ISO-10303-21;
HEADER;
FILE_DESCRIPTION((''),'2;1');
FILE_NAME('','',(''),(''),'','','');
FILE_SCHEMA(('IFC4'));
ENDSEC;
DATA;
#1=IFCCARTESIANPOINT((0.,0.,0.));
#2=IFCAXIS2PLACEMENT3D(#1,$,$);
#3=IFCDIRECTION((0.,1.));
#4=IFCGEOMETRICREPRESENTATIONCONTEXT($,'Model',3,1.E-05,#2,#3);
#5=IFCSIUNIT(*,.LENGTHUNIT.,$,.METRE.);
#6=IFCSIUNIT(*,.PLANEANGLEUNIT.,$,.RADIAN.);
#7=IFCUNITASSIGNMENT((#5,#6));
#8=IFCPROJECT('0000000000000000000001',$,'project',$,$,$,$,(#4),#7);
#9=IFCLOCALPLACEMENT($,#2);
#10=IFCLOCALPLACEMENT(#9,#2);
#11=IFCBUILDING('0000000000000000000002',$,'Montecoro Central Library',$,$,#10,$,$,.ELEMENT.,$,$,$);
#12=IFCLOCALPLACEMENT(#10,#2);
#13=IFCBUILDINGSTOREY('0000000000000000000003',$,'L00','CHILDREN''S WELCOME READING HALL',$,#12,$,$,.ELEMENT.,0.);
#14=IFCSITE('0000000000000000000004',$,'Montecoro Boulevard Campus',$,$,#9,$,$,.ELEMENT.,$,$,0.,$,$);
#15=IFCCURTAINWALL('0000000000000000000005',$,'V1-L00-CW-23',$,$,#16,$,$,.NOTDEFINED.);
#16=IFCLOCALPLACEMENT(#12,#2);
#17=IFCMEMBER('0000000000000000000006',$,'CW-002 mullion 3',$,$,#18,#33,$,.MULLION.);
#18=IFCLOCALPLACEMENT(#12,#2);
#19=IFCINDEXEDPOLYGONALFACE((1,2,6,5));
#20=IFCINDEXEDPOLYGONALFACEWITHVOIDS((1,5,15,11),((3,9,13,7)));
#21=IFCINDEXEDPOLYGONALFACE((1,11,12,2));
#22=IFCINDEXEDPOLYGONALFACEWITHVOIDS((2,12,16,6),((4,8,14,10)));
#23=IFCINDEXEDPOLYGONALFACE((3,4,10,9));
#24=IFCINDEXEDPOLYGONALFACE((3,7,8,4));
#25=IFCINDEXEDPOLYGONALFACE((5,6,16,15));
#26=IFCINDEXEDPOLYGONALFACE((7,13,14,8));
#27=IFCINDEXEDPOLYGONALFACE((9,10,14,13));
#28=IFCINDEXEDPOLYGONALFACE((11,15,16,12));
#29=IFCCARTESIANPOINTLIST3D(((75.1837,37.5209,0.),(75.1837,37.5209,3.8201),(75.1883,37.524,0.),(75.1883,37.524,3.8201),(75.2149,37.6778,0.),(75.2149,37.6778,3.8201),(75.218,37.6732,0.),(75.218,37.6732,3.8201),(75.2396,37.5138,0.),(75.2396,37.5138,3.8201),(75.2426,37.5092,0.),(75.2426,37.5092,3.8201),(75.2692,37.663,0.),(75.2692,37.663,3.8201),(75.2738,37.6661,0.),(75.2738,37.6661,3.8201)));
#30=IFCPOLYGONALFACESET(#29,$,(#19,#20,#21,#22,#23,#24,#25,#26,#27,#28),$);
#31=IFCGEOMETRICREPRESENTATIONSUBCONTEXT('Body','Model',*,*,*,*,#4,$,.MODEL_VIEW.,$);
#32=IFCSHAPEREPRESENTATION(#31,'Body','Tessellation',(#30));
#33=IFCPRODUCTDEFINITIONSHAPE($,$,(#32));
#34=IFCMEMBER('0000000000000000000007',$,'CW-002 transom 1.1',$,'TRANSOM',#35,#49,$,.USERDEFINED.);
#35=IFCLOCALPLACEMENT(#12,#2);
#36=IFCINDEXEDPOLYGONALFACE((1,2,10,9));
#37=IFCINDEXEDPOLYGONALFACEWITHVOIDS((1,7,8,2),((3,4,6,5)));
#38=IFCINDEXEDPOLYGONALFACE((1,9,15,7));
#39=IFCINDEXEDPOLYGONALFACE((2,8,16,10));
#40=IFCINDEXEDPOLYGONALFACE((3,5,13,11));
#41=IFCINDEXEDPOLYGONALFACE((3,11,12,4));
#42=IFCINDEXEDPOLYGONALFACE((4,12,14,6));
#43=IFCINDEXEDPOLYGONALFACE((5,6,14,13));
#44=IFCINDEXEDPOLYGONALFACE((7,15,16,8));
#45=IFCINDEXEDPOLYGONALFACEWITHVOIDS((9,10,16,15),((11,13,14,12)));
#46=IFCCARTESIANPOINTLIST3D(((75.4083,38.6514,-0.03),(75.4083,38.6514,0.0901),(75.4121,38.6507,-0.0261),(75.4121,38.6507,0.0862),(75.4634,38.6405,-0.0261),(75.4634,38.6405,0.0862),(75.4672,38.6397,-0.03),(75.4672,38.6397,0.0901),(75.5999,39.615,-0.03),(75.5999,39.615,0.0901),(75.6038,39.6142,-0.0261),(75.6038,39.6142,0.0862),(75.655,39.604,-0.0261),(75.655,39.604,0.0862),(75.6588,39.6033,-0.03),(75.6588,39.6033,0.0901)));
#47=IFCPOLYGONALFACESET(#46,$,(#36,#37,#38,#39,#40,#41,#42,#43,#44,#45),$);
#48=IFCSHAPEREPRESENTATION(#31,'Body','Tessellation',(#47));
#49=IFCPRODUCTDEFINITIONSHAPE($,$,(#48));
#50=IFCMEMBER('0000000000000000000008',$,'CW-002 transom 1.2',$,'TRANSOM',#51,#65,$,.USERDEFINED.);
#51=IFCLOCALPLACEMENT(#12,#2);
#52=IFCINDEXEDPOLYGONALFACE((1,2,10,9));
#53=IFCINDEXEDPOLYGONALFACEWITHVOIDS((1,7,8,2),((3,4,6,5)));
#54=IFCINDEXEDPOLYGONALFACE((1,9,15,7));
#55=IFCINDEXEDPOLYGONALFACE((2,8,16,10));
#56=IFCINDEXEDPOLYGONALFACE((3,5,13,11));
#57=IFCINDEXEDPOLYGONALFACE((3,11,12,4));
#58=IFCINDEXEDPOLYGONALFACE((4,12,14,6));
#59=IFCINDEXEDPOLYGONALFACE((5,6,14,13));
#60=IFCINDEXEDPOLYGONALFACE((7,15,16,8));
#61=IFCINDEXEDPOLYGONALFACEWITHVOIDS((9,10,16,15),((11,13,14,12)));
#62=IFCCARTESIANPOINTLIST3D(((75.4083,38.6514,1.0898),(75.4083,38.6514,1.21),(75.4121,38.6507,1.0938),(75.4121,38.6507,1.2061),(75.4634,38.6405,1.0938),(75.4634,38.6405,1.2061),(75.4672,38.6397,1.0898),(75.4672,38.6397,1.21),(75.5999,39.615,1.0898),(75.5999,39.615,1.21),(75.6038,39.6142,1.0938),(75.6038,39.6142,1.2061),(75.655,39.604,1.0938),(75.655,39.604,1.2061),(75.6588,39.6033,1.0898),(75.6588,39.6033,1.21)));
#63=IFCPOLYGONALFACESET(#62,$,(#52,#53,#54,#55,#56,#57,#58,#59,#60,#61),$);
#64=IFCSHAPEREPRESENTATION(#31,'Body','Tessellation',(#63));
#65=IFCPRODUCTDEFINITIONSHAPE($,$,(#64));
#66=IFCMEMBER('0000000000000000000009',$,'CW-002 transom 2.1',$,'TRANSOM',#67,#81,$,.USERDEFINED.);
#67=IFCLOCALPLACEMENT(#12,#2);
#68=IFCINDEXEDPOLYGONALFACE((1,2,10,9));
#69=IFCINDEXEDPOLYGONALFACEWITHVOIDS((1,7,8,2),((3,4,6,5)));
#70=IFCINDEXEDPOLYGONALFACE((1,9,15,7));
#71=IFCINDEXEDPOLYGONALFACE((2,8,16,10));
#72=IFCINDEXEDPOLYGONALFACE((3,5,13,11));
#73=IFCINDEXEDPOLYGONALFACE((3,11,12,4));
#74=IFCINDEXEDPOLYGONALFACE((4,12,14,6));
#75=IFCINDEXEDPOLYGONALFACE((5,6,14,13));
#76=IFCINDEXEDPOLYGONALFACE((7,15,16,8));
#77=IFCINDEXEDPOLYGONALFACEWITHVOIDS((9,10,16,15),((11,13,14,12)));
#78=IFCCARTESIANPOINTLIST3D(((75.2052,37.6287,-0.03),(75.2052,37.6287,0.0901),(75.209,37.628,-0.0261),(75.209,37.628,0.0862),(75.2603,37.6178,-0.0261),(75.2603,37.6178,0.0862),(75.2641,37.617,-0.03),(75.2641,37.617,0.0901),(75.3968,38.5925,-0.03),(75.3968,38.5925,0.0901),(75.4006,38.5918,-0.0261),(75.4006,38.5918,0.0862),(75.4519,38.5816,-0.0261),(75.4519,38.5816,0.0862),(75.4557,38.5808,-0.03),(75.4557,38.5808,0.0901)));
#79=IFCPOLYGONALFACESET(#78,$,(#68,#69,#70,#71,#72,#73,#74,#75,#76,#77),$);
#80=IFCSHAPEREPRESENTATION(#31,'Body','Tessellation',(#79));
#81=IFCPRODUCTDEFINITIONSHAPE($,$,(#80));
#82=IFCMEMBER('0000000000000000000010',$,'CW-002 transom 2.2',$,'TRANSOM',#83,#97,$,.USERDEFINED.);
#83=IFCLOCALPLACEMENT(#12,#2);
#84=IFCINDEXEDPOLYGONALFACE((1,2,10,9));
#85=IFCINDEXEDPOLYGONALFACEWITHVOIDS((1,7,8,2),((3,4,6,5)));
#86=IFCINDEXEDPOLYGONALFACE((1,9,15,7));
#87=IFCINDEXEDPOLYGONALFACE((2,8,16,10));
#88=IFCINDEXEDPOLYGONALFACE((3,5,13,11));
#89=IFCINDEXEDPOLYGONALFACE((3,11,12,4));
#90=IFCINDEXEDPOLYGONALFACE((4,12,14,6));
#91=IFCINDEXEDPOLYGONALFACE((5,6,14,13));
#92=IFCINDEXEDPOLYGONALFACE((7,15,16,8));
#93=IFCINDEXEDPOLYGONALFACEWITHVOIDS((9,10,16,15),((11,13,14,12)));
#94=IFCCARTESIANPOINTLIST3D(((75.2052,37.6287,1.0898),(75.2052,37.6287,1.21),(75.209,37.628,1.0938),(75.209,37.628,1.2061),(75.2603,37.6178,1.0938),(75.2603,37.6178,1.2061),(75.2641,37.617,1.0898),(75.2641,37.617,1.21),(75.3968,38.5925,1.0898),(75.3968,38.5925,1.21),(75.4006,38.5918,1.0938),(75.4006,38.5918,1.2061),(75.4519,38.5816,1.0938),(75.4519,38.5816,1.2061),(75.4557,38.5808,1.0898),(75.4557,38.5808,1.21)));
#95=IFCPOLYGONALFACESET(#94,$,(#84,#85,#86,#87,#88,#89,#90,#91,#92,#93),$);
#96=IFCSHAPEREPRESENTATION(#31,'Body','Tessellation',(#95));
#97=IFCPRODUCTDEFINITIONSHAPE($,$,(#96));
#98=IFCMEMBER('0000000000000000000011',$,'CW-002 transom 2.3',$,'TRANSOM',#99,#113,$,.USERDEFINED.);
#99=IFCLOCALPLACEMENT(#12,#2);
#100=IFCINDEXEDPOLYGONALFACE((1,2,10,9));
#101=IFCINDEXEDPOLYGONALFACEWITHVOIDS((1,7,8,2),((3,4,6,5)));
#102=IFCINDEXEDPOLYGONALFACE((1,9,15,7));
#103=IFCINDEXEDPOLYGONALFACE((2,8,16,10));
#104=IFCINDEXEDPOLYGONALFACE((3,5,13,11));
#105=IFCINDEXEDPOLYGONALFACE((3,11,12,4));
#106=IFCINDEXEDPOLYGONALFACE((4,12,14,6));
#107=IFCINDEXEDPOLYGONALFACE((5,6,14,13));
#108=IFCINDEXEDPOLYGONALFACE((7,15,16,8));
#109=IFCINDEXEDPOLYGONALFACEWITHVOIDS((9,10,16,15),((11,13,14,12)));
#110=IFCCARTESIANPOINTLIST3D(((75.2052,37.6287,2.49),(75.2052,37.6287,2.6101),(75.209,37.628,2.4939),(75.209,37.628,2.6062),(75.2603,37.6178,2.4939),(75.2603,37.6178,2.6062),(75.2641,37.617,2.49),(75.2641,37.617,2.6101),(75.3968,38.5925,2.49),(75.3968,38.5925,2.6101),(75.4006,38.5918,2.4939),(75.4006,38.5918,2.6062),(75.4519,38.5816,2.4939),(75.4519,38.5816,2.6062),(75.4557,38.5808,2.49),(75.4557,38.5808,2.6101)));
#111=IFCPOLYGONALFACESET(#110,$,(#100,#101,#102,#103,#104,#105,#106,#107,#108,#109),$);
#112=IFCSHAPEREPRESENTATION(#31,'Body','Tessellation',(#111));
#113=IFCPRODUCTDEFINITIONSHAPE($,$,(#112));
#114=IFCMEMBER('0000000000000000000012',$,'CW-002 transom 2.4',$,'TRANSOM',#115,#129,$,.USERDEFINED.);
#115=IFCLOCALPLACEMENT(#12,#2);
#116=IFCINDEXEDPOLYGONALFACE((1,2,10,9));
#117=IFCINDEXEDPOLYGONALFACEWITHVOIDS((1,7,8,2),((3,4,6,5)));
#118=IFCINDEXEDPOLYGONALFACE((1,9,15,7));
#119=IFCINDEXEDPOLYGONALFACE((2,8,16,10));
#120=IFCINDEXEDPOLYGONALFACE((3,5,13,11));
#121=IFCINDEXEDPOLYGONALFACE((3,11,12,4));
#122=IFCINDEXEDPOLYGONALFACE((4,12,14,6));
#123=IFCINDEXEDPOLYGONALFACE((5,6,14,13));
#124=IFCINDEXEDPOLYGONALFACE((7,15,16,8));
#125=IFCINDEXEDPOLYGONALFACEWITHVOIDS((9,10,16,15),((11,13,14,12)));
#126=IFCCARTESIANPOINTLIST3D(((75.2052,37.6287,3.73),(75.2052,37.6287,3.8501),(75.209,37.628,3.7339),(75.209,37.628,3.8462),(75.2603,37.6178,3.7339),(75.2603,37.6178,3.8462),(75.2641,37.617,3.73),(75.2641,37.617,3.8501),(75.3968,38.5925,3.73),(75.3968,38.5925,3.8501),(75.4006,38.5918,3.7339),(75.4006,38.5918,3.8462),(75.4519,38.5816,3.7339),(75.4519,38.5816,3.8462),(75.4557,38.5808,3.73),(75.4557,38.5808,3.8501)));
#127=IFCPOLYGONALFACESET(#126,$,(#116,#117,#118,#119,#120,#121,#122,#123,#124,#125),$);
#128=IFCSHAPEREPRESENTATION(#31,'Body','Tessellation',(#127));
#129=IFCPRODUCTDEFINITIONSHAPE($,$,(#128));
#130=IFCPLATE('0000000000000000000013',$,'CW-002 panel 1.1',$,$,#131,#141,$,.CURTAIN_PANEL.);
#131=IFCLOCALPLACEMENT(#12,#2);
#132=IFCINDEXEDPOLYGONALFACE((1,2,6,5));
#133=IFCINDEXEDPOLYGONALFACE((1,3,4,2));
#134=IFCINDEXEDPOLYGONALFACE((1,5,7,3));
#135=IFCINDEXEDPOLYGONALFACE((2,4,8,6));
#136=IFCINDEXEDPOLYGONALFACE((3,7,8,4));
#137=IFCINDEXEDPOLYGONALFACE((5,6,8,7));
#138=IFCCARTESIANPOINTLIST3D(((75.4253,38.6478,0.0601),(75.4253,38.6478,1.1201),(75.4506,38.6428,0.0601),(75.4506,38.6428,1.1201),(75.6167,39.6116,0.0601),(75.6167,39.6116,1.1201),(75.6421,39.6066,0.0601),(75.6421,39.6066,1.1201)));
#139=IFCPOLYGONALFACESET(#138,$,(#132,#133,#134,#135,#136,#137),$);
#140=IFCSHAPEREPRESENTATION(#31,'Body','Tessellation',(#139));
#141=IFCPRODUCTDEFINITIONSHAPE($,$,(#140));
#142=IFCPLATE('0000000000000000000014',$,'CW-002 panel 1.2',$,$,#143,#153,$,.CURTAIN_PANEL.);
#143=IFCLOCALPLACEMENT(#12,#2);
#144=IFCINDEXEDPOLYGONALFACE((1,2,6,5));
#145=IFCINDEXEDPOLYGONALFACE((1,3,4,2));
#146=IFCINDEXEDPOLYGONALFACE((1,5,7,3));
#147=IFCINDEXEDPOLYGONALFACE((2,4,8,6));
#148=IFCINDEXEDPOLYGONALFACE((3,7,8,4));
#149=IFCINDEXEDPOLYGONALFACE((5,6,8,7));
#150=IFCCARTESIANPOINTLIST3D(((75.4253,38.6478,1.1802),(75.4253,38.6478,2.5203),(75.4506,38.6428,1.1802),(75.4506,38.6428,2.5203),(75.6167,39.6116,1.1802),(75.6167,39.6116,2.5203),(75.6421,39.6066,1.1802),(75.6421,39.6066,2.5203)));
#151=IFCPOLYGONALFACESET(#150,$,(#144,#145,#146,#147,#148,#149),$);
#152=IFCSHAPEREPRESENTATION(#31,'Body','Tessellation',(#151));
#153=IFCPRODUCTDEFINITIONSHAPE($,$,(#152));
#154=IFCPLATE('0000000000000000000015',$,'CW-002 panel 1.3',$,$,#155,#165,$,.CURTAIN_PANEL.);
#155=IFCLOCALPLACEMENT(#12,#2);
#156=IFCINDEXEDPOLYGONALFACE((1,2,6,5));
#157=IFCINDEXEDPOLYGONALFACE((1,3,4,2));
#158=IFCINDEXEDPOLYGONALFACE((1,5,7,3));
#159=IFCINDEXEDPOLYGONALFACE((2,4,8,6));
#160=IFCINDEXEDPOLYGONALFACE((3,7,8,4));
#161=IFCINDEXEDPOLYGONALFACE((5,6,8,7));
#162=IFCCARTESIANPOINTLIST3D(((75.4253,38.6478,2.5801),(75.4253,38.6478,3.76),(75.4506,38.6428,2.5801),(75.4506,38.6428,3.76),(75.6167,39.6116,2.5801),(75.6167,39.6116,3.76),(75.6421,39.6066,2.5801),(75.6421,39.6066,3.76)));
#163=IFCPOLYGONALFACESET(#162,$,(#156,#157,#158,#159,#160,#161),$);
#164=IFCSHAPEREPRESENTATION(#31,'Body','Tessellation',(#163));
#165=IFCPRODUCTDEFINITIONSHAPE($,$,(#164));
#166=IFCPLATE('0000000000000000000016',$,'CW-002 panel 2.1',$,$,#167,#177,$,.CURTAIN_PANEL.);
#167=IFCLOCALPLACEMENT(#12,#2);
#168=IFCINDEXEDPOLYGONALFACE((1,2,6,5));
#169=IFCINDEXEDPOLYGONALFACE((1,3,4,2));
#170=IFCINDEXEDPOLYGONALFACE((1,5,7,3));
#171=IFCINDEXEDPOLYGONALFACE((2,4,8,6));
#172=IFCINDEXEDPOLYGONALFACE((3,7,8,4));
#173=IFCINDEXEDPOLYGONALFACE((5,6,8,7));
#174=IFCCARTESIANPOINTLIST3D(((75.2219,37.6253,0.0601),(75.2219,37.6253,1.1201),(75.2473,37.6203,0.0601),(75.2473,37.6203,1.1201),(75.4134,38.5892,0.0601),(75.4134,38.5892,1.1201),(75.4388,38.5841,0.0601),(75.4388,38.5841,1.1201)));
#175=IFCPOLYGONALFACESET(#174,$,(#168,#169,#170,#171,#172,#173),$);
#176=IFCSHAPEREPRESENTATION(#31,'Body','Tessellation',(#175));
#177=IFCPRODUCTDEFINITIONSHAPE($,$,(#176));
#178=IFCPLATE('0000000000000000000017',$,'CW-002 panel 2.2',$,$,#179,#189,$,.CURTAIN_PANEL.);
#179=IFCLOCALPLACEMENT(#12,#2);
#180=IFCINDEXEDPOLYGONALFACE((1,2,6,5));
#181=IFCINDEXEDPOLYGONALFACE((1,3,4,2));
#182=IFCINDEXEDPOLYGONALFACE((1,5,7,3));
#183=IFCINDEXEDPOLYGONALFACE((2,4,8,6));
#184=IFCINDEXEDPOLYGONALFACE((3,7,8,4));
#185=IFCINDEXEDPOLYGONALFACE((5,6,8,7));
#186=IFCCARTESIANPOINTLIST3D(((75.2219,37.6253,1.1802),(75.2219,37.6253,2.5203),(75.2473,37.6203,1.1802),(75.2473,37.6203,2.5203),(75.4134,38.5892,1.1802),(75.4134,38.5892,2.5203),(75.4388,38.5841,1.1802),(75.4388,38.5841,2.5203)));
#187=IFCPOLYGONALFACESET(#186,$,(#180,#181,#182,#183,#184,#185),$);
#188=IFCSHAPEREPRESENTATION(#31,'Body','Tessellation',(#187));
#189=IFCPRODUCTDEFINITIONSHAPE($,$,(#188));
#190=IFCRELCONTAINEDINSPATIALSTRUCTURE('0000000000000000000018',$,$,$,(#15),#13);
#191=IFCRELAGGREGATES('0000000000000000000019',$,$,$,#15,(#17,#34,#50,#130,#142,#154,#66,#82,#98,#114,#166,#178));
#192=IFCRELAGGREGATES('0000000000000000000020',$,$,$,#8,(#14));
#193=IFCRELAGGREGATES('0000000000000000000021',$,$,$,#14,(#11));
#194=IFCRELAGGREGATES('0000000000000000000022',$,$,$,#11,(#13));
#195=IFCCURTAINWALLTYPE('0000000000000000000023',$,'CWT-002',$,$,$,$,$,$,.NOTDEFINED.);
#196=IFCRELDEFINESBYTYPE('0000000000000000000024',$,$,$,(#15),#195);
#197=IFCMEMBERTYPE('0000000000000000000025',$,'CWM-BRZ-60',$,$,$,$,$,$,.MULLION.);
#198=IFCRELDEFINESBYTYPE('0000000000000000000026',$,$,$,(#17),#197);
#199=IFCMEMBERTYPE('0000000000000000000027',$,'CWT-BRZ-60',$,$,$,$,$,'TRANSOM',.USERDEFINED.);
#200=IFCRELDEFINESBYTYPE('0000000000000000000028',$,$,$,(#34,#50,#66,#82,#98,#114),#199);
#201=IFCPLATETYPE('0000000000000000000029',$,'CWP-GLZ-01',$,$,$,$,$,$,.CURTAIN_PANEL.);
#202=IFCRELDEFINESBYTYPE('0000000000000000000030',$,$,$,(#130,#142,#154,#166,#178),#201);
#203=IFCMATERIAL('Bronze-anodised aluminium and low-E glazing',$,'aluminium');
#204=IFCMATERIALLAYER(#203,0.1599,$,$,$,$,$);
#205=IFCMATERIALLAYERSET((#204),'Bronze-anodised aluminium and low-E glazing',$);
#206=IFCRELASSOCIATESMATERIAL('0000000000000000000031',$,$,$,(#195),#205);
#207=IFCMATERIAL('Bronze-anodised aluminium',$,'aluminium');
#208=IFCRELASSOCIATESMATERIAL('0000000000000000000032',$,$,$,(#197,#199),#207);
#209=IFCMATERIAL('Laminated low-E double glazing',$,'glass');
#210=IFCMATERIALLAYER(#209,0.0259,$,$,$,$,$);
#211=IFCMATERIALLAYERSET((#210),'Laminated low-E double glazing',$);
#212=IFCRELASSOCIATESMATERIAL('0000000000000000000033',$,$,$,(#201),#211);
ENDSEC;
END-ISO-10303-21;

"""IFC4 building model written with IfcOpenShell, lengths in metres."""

from ifc_helpers import new_model, si_unit, direction, frame, origin, origin_2d, place, context, subcontext, project, spatial, rectangle, hollow_rectangle, extrude, material, layer, layer_set, material_profile, profile_set, type_object, element, aggregate, save


model = new_model("IFC4")

# Units and contexts
model_context = context("Model", 3, precision=1e-05, world=origin(), true_north=direction((0.0, 1.0)))
body_context = subcontext(model_context, "Body", "Model", "MODEL_VIEW")
ifc_project = project(units=[si_unit("LENGTHUNIT", "METRE"), si_unit("PLANEANGLEUNIT", "RADIAN")], contexts=[model_context])

# Site, building, storey
site_placement = place(None, origin())
site = spatial("IfcSite", under=ifc_project, at=site_placement, Name="Montecoro Boulevard Campus", CompositionType="ELEMENT", RefElevation=0.0)
building_placement = place(site_placement, origin())
building = spatial("IfcBuilding", under=site, at=building_placement, Name="Montecoro Central Library", CompositionType="ELEMENT")
storey_placement = place(building_placement, origin())
storey = spatial("IfcBuildingStorey", under=building, at=storey_placement, Name="L00", Description="CHILDREN'S WELCOME READING HALL", CompositionType="ELEMENT", Elevation=0.0)

# Curtain wall, members, plates
ifc_material_1 = material(Name="Bronze-anodised aluminium and low-E glazing", Category="aluminium")
ifc_layer_1 = layer(ifc_material_1, 0.1599)
ifc_layer_set_1 = layer_set([ifc_layer_1], Name="Bronze-anodised aluminium and low-E glazing")
curtain_wall_type = type_object("IfcCurtainWallType", Name="CWT-002", PredefinedType="NOTDEFINED", material=ifc_layer_set_1)
curtain_wall_placement = place(storey_placement, origin())
curtain_wall = element("IfcCurtainWall", 1, at=curtain_wall_placement, inside=storey, type_object=curtain_wall_type, Name="V1-L00-CW-23", PredefinedType="NOTDEFINED")
ifc_material_2 = material(Name="Bronze-anodised aluminium", Category="aluminium")
ifc_material_profile_1 = material_profile(ifc_material_2, hollow_rectangle(XDim=0.0601, YDim=0.1599, WallThickness=0.0039, at=origin_2d()), Name="CWM 160x60x4.0")
ifc_profile_set_1 = profile_set([ifc_material_profile_1], Name="Bronze-anodised aluminium")
member_type_1 = type_object("IfcMemberType", Name="CWM-BRZ-60", PredefinedType="MULLION", material=ifc_profile_set_1)
member_1_placement = place(storey_placement, frame((75.2288, 37.5935, 0.0), z_axis=(0.0, 0.0, 1.0), x_axis=(0.980831, -0.194861, 0.0)))
member_1 = element("IfcMember", 2, at=member_1_placement, type_object=member_type_1, Name="CW-002 mullion 3", PredefinedType="MULLION", context=body_context, shape_type="SweptSolid", body=[
    extrude(hollow_rectangle(XDim=0.0601, YDim=0.1599, WallThickness=0.0039, at=origin_2d()), origin(), (0.0, 0.0, 1.0), 3.8201),
])
ifc_material_profile_2 = material_profile(ifc_material_2, hollow_rectangle(XDim=0.0601, YDim=0.1201, WallThickness=0.0039, at=origin_2d()), Name="CWT 120x60x4.0")
ifc_profile_set_2 = profile_set([ifc_material_profile_2], Name="Bronze-anodised aluminium")
member_type_2 = type_object("IfcMemberType", Name="CWT-BRZ-60", ElementType="TRANSOM", PredefinedType="USERDEFINED", material=ifc_profile_set_2)
member_2_placement = place(storey_placement, frame((75.6294, 39.6091, 0.03), z_axis=(-0.195065, -0.98079, 0.0), x_axis=(0.98079, -0.195065, 0.0)))
member_2 = element("IfcMember", 3, at=member_2_placement, type_object=member_type_2, Name="CW-002 transom 1.1", ObjectType="TRANSOM", PredefinedType="USERDEFINED", context=body_context, shape_type="SweptSolid", body=[
    extrude(hollow_rectangle(XDim=0.0601, YDim=0.1201, WallThickness=0.0039, at=origin_2d()), origin(), (0.0, 0.0, 1.0), 0.9824),
])
member_3_placement = place(storey_placement, frame((75.6294, 39.6091, 1.1499), z_axis=(-0.195065, -0.98079, 0.0), x_axis=(0.98079, -0.195065, 0.0)))
member_3 = element("IfcMember", 4, at=member_3_placement, type_object=member_type_2, Name="CW-002 transom 1.2", ObjectType="TRANSOM", PredefinedType="USERDEFINED", context=body_context, shape_type="SweptSolid", body=[
    extrude(hollow_rectangle(XDim=0.0601, YDim=0.1201, WallThickness=0.0039, at=origin_2d()), origin(), (0.0, 0.0, 1.0), 0.9824),
])
member_4_placement = place(storey_placement, frame((75.4263, 38.5867, 0.03), z_axis=(-0.195017, -0.9808, 0.0), x_axis=(0.9808, -0.195017, 0.0)))
member_4 = element("IfcMember", 5, at=member_4_placement, type_object=member_type_2, Name="CW-002 transom 2.1", ObjectType="TRANSOM", PredefinedType="USERDEFINED", context=body_context, shape_type="SweptSolid", body=[
    extrude(hollow_rectangle(XDim=0.0601, YDim=0.1201, WallThickness=0.0039, at=origin_2d()), origin(), (0.0, 0.0, 1.0), 0.9827),
])
member_5_placement = place(storey_placement, frame((75.4263, 38.5867, 1.1499), z_axis=(-0.195017, -0.9808, 0.0), x_axis=(0.9808, -0.195017, 0.0)))
member_5 = element("IfcMember", 6, at=member_5_placement, type_object=member_type_2, Name="CW-002 transom 2.2", ObjectType="TRANSOM", PredefinedType="USERDEFINED", context=body_context, shape_type="SweptSolid", body=[
    extrude(hollow_rectangle(XDim=0.0601, YDim=0.1201, WallThickness=0.0039, at=origin_2d()), origin(), (0.0, 0.0, 1.0), 0.9827),
])
member_6_placement = place(storey_placement, frame((75.4263, 38.5867, 2.55), z_axis=(-0.195017, -0.9808, 0.0), x_axis=(0.9808, -0.195017, 0.0)))
member_6 = element("IfcMember", 7, at=member_6_placement, type_object=member_type_2, Name="CW-002 transom 2.3", ObjectType="TRANSOM", PredefinedType="USERDEFINED", context=body_context, shape_type="SweptSolid", body=[
    extrude(hollow_rectangle(XDim=0.0601, YDim=0.1201, WallThickness=0.0039, at=origin_2d()), origin(), (0.0, 0.0, 1.0), 0.9827),
])
member_7_placement = place(storey_placement, frame((75.4263, 38.5867, 3.79), z_axis=(-0.195017, -0.9808, 0.0), x_axis=(0.9808, -0.195017, 0.0)))
member_7 = element("IfcMember", 8, at=member_7_placement, type_object=member_type_2, Name="CW-002 transom 2.4", ObjectType="TRANSOM", PredefinedType="USERDEFINED", context=body_context, shape_type="SweptSolid", body=[
    extrude(hollow_rectangle(XDim=0.0601, YDim=0.1201, WallThickness=0.0039, at=origin_2d()), origin(), (0.0, 0.0, 1.0), 0.9827),
])
ifc_material_3 = material(Name="Laminated low-E double glazing", Category="glass")
ifc_layer_2 = layer(ifc_material_3, 0.0259)
ifc_layer_set_2 = layer_set([ifc_layer_2], Name="Laminated low-E double glazing")
plate_type_1 = type_object("IfcPlateType", Name="CWP-GLZ-01", PredefinedType="CURTAIN_PANEL", material=ifc_layer_set_2)
plate_1_placement = place(storey_placement, frame((75.5337, 39.1272, 0.0601), z_axis=(0.0, 0.0, 1.0), x_axis=(-0.194861, -0.980831, 0.0)))
plate_1 = element("IfcPlate", 9, at=plate_1_placement, type_object=plate_type_1, Name="CW-002 panel 1.1", PredefinedType="CURTAIN_PANEL", context=body_context, shape_type="SweptSolid", body=[
    extrude(rectangle(XDim=0.9827, YDim=0.0259, at=origin_2d()), origin(), (0.0, 0.0, 1.0), 1.0601),
])
plate_2_placement = place(storey_placement, frame((75.5337, 39.1272, 1.1802), z_axis=(0.0, 0.0, 1.0), x_axis=(-0.194861, -0.980831, 0.0)))
plate_2 = element("IfcPlate", 10, at=plate_2_placement, type_object=plate_type_1, Name="CW-002 panel 1.2", PredefinedType="CURTAIN_PANEL", context=body_context, shape_type="SweptSolid", body=[
    extrude(rectangle(XDim=0.9827, YDim=0.0259, at=origin_2d()), origin(), (0.0, 0.0, 1.0), 1.3401),
])
plate_3_placement = place(storey_placement, frame((75.5337, 39.1272, 2.5801), z_axis=(0.0, 0.0, 1.0), x_axis=(-0.194861, -0.980831, 0.0)))
plate_3 = element("IfcPlate", 11, at=plate_3_placement, type_object=plate_type_1, Name="CW-002 panel 1.3", PredefinedType="CURTAIN_PANEL", context=body_context, shape_type="SweptSolid", body=[
    extrude(rectangle(XDim=0.9827, YDim=0.0259, at=origin_2d()), origin(), (0.0, 0.0, 1.0), 1.1799),
])
plate_4_placement = place(storey_placement, frame((75.3303, 38.1047, 0.0601), z_axis=(0.0, 0.0, 1.0), x_axis=(-0.194861, -0.980831, 0.0)))
plate_4 = element("IfcPlate", 12, at=plate_4_placement, type_object=plate_type_1, Name="CW-002 panel 2.1", PredefinedType="CURTAIN_PANEL", context=body_context, shape_type="SweptSolid", body=[
    extrude(rectangle(XDim=0.9827, YDim=0.0259, at=origin_2d()), origin(), (0.0, 0.0, 1.0), 1.0601),
])
plate_5_placement = place(storey_placement, frame((75.3303, 38.1047, 1.1802), z_axis=(0.0, 0.0, 1.0), x_axis=(-0.194861, -0.980831, 0.0)))
plate_5 = element("IfcPlate", 13, at=plate_5_placement, type_object=plate_type_1, Name="CW-002 panel 2.2", PredefinedType="CURTAIN_PANEL", context=body_context, shape_type="SweptSolid", body=[
    extrude(rectangle(XDim=0.9827, YDim=0.0259, at=origin_2d()), origin(), (0.0, 0.0, 1.0), 1.3401),
])
aggregate(curtain_wall, [member_1, member_2, member_3, plate_1, plate_2, plate_3, member_4, member_5, member_6, member_7, plate_4, plate_5])

save(model, "model.ifc")
